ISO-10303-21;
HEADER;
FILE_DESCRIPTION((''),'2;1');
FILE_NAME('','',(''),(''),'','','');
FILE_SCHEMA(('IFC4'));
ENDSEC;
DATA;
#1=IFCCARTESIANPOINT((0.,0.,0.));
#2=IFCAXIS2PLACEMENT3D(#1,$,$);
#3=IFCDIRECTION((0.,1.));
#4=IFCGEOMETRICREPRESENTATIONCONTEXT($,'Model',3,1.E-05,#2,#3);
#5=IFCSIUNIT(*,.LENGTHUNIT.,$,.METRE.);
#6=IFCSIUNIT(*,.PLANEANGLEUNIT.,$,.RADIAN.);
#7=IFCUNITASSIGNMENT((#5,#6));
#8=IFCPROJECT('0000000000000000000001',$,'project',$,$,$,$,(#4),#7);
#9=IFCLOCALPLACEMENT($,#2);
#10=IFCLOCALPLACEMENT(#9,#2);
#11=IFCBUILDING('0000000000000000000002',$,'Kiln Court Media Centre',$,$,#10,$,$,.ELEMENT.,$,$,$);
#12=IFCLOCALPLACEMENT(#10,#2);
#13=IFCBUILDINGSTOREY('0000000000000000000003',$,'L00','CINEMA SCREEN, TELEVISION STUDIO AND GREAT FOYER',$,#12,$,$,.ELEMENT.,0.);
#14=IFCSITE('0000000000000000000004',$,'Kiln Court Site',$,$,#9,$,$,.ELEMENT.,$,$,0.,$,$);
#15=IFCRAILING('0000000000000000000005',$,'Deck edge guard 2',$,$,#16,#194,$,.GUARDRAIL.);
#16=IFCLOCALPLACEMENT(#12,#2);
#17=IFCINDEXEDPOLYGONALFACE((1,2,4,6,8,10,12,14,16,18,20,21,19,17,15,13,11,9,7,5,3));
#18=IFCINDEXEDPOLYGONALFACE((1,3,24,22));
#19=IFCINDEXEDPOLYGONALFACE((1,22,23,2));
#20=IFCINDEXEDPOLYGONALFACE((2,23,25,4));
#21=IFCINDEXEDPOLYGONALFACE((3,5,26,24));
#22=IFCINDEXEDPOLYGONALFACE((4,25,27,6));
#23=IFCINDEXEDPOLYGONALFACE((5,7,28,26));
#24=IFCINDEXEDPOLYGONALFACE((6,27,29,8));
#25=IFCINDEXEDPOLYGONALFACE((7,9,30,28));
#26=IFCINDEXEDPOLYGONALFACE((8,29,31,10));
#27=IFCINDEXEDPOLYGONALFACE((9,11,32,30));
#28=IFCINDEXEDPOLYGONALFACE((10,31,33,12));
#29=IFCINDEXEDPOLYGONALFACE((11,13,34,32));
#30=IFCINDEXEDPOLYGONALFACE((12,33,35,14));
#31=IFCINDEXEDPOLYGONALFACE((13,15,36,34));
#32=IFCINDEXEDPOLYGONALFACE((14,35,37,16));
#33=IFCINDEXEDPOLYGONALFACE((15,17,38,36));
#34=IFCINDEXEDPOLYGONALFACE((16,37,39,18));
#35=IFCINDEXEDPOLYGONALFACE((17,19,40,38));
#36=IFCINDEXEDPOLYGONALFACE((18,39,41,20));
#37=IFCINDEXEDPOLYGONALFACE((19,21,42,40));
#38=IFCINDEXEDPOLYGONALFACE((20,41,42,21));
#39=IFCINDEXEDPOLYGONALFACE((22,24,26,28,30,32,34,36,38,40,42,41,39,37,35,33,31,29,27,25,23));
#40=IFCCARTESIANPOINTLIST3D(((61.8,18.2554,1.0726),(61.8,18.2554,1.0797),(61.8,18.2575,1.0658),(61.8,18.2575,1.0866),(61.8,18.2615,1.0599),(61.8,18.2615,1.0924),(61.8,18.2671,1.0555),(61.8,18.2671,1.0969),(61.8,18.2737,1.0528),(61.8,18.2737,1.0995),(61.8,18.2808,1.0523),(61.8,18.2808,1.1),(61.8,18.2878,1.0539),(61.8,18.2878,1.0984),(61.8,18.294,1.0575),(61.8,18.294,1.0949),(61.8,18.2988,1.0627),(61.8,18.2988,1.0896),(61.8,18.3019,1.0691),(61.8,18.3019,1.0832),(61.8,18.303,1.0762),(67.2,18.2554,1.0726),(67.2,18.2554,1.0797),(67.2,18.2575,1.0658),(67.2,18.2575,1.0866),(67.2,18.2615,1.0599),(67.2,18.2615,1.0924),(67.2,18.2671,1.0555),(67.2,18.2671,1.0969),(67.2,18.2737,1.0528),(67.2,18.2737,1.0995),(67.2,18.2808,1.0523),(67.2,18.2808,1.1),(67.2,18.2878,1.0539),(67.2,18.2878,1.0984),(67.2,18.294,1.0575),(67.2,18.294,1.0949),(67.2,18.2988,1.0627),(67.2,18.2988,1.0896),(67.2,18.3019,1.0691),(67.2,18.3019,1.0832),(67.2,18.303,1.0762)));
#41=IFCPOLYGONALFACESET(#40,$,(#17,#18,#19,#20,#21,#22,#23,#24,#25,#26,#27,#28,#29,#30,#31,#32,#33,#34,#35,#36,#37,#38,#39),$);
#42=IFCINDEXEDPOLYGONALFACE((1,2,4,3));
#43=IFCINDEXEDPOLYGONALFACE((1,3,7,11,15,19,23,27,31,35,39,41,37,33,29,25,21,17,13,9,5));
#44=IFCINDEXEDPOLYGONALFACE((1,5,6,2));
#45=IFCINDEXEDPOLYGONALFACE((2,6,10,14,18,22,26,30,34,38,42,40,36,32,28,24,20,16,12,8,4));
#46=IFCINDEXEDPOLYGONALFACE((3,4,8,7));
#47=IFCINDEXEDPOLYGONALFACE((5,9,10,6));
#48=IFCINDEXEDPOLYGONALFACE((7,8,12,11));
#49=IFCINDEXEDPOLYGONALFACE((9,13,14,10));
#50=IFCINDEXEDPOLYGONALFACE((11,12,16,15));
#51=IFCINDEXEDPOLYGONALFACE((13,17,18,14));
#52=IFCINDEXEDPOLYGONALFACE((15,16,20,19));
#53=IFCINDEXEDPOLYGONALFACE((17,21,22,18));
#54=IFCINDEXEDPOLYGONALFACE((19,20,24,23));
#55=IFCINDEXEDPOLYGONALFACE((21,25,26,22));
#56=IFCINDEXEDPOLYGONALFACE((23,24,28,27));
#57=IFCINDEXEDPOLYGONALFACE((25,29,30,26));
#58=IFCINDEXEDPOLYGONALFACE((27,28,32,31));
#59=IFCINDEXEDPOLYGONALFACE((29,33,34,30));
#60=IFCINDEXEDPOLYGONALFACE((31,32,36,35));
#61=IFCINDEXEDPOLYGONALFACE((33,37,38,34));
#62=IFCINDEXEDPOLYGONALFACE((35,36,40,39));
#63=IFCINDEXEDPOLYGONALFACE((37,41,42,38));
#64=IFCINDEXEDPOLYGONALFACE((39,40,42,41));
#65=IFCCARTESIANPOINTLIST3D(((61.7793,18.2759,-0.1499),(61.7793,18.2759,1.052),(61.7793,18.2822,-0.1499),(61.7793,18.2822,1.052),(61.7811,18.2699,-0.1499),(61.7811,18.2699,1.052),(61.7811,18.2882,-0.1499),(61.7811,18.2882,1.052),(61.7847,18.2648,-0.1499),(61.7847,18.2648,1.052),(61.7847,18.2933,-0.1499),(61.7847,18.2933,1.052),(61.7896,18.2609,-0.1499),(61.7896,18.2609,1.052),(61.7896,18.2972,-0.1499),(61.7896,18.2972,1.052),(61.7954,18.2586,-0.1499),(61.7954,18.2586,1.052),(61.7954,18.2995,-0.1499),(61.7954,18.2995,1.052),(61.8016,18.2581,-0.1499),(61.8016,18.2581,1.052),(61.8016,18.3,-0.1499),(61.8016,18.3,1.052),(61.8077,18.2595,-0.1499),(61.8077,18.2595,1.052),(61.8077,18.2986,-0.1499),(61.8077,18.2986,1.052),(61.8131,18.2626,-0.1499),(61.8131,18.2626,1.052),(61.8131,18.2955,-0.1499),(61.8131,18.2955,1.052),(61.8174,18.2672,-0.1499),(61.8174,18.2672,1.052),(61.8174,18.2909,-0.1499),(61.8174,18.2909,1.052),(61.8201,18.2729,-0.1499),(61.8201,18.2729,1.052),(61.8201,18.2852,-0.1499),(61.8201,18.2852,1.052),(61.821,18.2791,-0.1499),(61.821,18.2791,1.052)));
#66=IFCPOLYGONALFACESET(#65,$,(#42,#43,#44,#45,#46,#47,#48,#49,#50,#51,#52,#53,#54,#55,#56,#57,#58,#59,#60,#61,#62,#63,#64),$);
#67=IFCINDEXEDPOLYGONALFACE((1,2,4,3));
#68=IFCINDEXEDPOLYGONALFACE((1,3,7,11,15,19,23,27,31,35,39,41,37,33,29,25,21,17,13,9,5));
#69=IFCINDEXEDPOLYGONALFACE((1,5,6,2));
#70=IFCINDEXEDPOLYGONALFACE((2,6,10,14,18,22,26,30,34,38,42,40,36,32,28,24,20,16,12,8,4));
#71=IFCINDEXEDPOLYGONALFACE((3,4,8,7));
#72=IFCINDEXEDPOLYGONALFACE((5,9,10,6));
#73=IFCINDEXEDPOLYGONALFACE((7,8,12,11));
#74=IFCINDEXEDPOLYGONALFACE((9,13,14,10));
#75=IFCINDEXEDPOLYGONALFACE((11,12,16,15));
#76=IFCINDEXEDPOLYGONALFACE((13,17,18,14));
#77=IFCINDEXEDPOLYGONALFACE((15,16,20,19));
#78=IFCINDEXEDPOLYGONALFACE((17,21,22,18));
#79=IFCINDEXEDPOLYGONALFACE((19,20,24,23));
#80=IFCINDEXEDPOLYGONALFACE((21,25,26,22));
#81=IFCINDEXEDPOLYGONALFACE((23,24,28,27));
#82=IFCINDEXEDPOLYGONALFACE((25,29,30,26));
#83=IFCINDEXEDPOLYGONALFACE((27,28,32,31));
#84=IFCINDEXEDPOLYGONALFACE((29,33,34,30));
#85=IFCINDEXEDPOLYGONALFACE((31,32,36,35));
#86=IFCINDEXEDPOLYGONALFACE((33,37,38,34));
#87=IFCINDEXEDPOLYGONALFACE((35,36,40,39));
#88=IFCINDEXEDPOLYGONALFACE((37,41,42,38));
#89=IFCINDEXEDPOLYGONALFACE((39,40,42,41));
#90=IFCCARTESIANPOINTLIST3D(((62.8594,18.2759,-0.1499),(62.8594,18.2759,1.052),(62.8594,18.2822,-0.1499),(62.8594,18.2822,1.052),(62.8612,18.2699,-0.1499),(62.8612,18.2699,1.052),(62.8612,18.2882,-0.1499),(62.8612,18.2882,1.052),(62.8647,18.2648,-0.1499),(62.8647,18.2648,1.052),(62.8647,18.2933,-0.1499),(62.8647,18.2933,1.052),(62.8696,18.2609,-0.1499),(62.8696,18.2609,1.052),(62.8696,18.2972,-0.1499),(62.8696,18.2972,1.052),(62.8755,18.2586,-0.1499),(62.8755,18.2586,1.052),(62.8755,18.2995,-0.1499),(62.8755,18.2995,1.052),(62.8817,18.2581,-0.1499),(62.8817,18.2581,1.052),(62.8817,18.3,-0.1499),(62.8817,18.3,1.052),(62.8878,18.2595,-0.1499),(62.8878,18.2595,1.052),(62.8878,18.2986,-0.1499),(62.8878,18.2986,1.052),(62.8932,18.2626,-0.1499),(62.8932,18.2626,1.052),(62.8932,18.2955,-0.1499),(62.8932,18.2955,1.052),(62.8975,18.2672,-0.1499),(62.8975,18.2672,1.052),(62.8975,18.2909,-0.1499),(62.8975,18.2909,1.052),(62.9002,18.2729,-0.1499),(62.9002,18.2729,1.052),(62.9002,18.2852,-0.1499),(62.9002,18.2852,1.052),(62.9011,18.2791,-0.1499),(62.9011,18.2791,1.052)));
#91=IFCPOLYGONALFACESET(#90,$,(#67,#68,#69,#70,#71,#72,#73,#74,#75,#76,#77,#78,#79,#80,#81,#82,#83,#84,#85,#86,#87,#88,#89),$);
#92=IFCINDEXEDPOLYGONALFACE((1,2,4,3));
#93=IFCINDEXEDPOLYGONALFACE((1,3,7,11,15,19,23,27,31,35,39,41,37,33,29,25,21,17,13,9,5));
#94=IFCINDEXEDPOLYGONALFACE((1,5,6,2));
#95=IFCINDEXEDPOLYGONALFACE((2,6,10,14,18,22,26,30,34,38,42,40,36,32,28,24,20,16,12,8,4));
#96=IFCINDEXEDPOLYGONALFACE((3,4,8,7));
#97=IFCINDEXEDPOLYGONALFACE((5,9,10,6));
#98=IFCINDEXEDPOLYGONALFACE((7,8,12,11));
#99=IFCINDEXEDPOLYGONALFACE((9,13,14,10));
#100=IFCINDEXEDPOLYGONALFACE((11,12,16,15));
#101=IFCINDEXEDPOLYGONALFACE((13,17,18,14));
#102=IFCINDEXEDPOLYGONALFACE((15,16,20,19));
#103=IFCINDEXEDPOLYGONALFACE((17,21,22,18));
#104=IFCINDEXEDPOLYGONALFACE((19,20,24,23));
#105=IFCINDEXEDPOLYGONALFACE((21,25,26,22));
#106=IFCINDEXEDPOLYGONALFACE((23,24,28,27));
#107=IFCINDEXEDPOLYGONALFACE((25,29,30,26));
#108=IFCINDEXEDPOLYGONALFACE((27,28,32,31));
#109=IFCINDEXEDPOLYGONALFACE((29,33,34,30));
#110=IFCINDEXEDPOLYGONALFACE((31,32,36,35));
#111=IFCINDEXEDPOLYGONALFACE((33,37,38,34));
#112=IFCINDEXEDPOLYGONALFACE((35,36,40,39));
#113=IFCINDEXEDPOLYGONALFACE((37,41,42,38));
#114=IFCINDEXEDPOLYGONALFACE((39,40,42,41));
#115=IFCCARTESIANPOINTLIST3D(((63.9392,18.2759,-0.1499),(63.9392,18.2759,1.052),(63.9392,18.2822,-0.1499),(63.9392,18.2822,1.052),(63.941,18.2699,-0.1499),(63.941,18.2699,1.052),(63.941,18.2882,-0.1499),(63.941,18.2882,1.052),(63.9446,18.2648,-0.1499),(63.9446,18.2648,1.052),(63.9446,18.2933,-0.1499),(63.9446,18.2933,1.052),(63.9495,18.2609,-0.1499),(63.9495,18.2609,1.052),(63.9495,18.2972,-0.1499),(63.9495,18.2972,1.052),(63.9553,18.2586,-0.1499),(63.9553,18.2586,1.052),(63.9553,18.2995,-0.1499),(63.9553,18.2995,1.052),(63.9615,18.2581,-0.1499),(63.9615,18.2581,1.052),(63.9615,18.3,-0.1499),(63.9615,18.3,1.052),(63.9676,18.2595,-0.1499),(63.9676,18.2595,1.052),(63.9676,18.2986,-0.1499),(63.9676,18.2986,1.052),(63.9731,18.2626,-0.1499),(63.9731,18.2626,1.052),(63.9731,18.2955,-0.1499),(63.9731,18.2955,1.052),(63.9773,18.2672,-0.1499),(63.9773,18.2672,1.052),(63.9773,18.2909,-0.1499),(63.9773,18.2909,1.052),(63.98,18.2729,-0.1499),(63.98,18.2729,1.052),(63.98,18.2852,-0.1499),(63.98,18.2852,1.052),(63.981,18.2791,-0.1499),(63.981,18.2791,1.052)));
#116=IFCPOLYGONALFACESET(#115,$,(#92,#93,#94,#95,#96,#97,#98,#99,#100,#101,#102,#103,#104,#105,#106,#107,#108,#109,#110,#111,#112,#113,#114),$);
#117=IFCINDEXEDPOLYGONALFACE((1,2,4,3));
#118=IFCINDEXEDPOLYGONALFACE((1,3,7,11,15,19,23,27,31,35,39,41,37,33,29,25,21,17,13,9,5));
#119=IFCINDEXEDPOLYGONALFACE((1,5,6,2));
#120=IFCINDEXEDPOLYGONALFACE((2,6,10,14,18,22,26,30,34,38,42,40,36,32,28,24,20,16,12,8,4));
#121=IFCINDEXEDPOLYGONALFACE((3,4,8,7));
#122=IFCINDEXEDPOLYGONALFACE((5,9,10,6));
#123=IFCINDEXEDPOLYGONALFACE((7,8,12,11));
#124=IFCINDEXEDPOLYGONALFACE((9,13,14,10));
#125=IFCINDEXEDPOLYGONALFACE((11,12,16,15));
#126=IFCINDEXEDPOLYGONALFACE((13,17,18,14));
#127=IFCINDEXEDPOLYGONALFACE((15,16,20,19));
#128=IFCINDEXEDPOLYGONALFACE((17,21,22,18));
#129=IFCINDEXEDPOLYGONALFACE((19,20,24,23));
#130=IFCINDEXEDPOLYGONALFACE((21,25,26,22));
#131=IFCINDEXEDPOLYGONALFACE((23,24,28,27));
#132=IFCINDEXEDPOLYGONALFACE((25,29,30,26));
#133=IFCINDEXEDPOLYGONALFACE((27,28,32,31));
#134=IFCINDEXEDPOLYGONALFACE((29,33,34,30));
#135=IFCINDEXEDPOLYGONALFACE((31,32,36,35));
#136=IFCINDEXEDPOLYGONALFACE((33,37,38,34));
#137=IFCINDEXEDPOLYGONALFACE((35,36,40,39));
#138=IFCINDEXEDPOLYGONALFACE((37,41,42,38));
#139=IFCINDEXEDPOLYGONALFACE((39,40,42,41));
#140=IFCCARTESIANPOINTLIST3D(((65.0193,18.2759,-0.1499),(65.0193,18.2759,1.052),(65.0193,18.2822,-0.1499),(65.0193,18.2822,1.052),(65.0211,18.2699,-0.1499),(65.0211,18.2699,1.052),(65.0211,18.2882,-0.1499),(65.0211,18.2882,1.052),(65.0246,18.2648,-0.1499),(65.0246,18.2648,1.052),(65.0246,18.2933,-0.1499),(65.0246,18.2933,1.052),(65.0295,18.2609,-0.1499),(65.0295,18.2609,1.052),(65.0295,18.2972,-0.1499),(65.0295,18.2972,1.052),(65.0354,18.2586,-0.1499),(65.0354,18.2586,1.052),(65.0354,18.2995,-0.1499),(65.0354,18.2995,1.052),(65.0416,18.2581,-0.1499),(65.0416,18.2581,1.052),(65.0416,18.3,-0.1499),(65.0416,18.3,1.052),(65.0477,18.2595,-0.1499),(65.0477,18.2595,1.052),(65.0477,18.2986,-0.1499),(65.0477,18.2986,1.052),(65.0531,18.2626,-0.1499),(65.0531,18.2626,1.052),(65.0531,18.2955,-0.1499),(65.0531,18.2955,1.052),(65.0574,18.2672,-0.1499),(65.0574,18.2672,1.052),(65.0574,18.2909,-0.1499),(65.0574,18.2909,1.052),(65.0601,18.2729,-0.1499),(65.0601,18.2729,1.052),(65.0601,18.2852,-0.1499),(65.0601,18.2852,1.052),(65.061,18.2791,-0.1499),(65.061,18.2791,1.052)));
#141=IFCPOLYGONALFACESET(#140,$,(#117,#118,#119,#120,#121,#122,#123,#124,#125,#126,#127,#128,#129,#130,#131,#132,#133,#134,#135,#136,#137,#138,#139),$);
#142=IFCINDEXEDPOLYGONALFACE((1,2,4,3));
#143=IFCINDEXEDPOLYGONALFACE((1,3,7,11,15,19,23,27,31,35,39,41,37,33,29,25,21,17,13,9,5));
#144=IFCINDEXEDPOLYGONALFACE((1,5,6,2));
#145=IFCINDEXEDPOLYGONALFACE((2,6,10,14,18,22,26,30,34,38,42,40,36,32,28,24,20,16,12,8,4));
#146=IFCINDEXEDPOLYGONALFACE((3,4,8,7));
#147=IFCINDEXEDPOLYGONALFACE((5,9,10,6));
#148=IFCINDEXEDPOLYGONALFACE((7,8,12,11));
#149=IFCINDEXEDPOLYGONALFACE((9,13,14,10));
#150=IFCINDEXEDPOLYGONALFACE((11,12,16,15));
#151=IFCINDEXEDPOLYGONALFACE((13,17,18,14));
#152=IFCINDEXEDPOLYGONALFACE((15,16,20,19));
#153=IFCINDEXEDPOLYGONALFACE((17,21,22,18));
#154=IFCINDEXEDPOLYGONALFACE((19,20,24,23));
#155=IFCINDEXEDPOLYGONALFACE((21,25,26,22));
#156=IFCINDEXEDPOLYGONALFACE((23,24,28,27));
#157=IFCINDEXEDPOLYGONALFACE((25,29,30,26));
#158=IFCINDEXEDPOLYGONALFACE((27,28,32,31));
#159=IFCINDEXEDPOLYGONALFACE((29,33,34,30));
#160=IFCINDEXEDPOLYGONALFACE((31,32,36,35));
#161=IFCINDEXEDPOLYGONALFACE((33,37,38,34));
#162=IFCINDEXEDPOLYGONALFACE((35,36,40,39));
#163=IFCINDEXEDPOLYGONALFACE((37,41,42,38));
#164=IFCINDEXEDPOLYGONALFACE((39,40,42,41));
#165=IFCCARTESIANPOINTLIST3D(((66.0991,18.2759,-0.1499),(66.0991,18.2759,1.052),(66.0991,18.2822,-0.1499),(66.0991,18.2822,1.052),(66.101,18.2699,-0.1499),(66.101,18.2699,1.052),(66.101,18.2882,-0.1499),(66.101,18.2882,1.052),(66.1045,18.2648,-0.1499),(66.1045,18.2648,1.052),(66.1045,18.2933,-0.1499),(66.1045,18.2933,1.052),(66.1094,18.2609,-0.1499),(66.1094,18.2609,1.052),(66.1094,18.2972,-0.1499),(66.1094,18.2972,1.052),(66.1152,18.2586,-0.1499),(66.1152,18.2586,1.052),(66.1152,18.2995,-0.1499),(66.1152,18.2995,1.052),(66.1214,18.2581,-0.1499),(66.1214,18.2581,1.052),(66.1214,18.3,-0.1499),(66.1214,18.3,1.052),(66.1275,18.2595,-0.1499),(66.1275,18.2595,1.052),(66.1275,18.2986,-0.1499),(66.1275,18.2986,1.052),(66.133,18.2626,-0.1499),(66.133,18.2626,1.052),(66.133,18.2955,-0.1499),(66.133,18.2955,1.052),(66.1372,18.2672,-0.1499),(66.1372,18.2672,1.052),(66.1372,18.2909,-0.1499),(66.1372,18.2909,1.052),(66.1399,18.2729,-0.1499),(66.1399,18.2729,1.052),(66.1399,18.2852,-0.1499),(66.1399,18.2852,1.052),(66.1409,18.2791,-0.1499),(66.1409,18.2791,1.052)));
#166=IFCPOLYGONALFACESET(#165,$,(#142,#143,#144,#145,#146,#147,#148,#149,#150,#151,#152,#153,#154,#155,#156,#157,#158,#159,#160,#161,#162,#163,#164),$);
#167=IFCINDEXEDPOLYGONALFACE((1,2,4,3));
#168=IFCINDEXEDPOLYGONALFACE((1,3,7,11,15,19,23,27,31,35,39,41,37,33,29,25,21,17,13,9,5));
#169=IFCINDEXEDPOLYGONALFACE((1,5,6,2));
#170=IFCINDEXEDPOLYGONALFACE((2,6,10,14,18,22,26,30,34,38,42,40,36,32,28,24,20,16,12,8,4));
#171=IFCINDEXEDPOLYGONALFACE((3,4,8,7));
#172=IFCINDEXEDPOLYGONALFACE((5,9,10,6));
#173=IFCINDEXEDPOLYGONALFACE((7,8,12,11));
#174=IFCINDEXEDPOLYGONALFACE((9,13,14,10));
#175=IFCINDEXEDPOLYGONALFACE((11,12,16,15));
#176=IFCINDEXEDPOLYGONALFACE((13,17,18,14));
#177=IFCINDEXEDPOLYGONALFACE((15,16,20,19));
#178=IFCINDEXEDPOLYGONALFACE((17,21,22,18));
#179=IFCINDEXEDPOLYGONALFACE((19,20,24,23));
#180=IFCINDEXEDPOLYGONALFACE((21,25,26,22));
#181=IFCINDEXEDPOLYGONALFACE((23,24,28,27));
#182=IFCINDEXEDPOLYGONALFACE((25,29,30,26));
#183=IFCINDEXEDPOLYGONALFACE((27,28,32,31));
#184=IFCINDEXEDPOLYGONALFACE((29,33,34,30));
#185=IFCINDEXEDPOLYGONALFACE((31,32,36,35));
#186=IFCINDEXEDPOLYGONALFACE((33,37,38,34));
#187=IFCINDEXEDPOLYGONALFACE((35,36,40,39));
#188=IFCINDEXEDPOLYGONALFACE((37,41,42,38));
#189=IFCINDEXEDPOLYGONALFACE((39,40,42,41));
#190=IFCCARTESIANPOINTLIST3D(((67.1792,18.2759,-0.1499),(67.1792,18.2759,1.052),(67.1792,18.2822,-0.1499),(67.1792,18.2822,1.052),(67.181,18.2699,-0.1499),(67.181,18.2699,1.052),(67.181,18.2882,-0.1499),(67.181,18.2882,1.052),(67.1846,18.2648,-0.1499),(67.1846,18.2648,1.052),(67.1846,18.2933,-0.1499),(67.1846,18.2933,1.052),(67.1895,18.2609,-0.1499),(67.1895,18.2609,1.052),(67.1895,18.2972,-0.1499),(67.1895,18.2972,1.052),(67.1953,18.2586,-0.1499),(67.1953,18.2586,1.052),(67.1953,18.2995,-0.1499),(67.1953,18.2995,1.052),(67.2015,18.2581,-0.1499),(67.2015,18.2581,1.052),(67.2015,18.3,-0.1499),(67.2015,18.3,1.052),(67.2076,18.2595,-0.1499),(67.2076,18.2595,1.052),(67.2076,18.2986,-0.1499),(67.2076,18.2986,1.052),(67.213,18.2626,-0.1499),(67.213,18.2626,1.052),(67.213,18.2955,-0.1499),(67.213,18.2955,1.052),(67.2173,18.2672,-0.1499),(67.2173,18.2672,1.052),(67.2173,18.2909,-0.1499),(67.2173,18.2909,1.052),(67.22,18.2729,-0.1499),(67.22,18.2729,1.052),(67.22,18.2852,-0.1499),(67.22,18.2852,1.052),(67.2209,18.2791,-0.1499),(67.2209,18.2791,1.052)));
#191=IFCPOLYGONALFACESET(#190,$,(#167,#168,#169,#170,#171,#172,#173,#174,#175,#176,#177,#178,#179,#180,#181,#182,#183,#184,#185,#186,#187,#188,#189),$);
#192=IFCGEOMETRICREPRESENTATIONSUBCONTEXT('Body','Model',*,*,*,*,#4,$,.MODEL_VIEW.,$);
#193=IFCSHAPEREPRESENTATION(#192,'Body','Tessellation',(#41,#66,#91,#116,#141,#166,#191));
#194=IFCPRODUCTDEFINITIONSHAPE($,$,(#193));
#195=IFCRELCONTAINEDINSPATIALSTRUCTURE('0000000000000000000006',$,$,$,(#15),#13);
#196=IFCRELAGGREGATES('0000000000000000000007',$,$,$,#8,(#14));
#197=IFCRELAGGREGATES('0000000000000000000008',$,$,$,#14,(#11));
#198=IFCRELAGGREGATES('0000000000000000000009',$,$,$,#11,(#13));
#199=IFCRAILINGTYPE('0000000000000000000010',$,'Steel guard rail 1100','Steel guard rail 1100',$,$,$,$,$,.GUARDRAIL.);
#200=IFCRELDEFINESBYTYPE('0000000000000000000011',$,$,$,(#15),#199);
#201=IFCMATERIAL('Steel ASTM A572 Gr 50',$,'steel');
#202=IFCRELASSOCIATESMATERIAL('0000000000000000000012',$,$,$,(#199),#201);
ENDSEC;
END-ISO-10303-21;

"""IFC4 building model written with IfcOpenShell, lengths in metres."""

from ifc_helpers import new_model, si_unit, direction, frame, origin, origin_2d, place, context, subcontext, project, spatial, circle, extrude, material, type_object, element, save


model = new_model("IFC4")

# Units and contexts
model_context = context("Model", 3, precision=1e-05, world=origin(), true_north=direction((0.0, 1.0)))
body_context = subcontext(model_context, "Body", "Model", "MODEL_VIEW")
ifc_project = project(units=[si_unit("LENGTHUNIT", "METRE"), si_unit("PLANEANGLEUNIT", "RADIAN")], contexts=[model_context])

# Site, building, storey
site_placement = place(None, origin())
site = spatial("IfcSite", under=ifc_project, at=site_placement, Name="Kiln Court Site", CompositionType="ELEMENT", RefElevation=0.0)
building_placement = place(site_placement, origin())
building = spatial("IfcBuilding", under=site, at=building_placement, Name="Kiln Court Media Centre", CompositionType="ELEMENT")
storey_placement = place(building_placement, origin())
storey = spatial("IfcBuildingStorey", under=building, at=storey_placement, Name="L00", Description="CINEMA SCREEN, TELEVISION STUDIO AND GREAT FOYER", CompositionType="ELEMENT", Elevation=0.0)

# Railing
ifc_material_1 = material(Name="Steel ASTM A572 Gr 50", Category="steel")
railing_type_1 = type_object("IfcRailingType", Name="Steel guard rail 1100", Description="Steel guard rail 1100", PredefinedType="GUARDRAIL", material=ifc_material_1)
railing_1_placement = place(storey_placement, frame((61.8, 18.2791, -0.1499)))
element("IfcRailing", 1, at=railing_1_placement, inside=storey, type_object=railing_type_1, Name="Deck edge guard 2", PredefinedType="GUARDRAIL", context=body_context, shape_type="SweptSolid", body=[
    extrude(circle(Radius=0.0239, at=origin_2d()), frame((0.0, 0.0, 1.2261), z_axis=(1.0, 0.0, 0.0), x_axis=(0.0, 1.0, 0.0)), (0.0, 0.0, 1.0), 5.3999),
    extrude(circle(Radius=0.021, at=origin_2d()), origin(), (0.0, 0.0, 1.0), 1.2019),
    extrude(circle(Radius=0.021, at=origin_2d()), frame((1.0801, 0.0, 0.0)), (0.0, 0.0, 1.0), 1.2019),
    extrude(circle(Radius=0.021, at=origin_2d()), frame((2.1599, 0.0, 0.0)), (0.0, 0.0, 1.0), 1.2019),
    extrude(circle(Radius=0.021, at=origin_2d()), frame((3.24, 0.0, 0.0)), (0.0, 0.0, 1.0), 1.2019),
    extrude(circle(Radius=0.021, at=origin_2d()), frame((4.3198, 0.0, 0.0)), (0.0, 0.0, 1.0), 1.2019),
    extrude(circle(Radius=0.021, at=origin_2d()), frame((5.3999, 0.0, 0.0)), (0.0, 0.0, 1.0), 1.2019),
])

save(model, "model.ifc")
